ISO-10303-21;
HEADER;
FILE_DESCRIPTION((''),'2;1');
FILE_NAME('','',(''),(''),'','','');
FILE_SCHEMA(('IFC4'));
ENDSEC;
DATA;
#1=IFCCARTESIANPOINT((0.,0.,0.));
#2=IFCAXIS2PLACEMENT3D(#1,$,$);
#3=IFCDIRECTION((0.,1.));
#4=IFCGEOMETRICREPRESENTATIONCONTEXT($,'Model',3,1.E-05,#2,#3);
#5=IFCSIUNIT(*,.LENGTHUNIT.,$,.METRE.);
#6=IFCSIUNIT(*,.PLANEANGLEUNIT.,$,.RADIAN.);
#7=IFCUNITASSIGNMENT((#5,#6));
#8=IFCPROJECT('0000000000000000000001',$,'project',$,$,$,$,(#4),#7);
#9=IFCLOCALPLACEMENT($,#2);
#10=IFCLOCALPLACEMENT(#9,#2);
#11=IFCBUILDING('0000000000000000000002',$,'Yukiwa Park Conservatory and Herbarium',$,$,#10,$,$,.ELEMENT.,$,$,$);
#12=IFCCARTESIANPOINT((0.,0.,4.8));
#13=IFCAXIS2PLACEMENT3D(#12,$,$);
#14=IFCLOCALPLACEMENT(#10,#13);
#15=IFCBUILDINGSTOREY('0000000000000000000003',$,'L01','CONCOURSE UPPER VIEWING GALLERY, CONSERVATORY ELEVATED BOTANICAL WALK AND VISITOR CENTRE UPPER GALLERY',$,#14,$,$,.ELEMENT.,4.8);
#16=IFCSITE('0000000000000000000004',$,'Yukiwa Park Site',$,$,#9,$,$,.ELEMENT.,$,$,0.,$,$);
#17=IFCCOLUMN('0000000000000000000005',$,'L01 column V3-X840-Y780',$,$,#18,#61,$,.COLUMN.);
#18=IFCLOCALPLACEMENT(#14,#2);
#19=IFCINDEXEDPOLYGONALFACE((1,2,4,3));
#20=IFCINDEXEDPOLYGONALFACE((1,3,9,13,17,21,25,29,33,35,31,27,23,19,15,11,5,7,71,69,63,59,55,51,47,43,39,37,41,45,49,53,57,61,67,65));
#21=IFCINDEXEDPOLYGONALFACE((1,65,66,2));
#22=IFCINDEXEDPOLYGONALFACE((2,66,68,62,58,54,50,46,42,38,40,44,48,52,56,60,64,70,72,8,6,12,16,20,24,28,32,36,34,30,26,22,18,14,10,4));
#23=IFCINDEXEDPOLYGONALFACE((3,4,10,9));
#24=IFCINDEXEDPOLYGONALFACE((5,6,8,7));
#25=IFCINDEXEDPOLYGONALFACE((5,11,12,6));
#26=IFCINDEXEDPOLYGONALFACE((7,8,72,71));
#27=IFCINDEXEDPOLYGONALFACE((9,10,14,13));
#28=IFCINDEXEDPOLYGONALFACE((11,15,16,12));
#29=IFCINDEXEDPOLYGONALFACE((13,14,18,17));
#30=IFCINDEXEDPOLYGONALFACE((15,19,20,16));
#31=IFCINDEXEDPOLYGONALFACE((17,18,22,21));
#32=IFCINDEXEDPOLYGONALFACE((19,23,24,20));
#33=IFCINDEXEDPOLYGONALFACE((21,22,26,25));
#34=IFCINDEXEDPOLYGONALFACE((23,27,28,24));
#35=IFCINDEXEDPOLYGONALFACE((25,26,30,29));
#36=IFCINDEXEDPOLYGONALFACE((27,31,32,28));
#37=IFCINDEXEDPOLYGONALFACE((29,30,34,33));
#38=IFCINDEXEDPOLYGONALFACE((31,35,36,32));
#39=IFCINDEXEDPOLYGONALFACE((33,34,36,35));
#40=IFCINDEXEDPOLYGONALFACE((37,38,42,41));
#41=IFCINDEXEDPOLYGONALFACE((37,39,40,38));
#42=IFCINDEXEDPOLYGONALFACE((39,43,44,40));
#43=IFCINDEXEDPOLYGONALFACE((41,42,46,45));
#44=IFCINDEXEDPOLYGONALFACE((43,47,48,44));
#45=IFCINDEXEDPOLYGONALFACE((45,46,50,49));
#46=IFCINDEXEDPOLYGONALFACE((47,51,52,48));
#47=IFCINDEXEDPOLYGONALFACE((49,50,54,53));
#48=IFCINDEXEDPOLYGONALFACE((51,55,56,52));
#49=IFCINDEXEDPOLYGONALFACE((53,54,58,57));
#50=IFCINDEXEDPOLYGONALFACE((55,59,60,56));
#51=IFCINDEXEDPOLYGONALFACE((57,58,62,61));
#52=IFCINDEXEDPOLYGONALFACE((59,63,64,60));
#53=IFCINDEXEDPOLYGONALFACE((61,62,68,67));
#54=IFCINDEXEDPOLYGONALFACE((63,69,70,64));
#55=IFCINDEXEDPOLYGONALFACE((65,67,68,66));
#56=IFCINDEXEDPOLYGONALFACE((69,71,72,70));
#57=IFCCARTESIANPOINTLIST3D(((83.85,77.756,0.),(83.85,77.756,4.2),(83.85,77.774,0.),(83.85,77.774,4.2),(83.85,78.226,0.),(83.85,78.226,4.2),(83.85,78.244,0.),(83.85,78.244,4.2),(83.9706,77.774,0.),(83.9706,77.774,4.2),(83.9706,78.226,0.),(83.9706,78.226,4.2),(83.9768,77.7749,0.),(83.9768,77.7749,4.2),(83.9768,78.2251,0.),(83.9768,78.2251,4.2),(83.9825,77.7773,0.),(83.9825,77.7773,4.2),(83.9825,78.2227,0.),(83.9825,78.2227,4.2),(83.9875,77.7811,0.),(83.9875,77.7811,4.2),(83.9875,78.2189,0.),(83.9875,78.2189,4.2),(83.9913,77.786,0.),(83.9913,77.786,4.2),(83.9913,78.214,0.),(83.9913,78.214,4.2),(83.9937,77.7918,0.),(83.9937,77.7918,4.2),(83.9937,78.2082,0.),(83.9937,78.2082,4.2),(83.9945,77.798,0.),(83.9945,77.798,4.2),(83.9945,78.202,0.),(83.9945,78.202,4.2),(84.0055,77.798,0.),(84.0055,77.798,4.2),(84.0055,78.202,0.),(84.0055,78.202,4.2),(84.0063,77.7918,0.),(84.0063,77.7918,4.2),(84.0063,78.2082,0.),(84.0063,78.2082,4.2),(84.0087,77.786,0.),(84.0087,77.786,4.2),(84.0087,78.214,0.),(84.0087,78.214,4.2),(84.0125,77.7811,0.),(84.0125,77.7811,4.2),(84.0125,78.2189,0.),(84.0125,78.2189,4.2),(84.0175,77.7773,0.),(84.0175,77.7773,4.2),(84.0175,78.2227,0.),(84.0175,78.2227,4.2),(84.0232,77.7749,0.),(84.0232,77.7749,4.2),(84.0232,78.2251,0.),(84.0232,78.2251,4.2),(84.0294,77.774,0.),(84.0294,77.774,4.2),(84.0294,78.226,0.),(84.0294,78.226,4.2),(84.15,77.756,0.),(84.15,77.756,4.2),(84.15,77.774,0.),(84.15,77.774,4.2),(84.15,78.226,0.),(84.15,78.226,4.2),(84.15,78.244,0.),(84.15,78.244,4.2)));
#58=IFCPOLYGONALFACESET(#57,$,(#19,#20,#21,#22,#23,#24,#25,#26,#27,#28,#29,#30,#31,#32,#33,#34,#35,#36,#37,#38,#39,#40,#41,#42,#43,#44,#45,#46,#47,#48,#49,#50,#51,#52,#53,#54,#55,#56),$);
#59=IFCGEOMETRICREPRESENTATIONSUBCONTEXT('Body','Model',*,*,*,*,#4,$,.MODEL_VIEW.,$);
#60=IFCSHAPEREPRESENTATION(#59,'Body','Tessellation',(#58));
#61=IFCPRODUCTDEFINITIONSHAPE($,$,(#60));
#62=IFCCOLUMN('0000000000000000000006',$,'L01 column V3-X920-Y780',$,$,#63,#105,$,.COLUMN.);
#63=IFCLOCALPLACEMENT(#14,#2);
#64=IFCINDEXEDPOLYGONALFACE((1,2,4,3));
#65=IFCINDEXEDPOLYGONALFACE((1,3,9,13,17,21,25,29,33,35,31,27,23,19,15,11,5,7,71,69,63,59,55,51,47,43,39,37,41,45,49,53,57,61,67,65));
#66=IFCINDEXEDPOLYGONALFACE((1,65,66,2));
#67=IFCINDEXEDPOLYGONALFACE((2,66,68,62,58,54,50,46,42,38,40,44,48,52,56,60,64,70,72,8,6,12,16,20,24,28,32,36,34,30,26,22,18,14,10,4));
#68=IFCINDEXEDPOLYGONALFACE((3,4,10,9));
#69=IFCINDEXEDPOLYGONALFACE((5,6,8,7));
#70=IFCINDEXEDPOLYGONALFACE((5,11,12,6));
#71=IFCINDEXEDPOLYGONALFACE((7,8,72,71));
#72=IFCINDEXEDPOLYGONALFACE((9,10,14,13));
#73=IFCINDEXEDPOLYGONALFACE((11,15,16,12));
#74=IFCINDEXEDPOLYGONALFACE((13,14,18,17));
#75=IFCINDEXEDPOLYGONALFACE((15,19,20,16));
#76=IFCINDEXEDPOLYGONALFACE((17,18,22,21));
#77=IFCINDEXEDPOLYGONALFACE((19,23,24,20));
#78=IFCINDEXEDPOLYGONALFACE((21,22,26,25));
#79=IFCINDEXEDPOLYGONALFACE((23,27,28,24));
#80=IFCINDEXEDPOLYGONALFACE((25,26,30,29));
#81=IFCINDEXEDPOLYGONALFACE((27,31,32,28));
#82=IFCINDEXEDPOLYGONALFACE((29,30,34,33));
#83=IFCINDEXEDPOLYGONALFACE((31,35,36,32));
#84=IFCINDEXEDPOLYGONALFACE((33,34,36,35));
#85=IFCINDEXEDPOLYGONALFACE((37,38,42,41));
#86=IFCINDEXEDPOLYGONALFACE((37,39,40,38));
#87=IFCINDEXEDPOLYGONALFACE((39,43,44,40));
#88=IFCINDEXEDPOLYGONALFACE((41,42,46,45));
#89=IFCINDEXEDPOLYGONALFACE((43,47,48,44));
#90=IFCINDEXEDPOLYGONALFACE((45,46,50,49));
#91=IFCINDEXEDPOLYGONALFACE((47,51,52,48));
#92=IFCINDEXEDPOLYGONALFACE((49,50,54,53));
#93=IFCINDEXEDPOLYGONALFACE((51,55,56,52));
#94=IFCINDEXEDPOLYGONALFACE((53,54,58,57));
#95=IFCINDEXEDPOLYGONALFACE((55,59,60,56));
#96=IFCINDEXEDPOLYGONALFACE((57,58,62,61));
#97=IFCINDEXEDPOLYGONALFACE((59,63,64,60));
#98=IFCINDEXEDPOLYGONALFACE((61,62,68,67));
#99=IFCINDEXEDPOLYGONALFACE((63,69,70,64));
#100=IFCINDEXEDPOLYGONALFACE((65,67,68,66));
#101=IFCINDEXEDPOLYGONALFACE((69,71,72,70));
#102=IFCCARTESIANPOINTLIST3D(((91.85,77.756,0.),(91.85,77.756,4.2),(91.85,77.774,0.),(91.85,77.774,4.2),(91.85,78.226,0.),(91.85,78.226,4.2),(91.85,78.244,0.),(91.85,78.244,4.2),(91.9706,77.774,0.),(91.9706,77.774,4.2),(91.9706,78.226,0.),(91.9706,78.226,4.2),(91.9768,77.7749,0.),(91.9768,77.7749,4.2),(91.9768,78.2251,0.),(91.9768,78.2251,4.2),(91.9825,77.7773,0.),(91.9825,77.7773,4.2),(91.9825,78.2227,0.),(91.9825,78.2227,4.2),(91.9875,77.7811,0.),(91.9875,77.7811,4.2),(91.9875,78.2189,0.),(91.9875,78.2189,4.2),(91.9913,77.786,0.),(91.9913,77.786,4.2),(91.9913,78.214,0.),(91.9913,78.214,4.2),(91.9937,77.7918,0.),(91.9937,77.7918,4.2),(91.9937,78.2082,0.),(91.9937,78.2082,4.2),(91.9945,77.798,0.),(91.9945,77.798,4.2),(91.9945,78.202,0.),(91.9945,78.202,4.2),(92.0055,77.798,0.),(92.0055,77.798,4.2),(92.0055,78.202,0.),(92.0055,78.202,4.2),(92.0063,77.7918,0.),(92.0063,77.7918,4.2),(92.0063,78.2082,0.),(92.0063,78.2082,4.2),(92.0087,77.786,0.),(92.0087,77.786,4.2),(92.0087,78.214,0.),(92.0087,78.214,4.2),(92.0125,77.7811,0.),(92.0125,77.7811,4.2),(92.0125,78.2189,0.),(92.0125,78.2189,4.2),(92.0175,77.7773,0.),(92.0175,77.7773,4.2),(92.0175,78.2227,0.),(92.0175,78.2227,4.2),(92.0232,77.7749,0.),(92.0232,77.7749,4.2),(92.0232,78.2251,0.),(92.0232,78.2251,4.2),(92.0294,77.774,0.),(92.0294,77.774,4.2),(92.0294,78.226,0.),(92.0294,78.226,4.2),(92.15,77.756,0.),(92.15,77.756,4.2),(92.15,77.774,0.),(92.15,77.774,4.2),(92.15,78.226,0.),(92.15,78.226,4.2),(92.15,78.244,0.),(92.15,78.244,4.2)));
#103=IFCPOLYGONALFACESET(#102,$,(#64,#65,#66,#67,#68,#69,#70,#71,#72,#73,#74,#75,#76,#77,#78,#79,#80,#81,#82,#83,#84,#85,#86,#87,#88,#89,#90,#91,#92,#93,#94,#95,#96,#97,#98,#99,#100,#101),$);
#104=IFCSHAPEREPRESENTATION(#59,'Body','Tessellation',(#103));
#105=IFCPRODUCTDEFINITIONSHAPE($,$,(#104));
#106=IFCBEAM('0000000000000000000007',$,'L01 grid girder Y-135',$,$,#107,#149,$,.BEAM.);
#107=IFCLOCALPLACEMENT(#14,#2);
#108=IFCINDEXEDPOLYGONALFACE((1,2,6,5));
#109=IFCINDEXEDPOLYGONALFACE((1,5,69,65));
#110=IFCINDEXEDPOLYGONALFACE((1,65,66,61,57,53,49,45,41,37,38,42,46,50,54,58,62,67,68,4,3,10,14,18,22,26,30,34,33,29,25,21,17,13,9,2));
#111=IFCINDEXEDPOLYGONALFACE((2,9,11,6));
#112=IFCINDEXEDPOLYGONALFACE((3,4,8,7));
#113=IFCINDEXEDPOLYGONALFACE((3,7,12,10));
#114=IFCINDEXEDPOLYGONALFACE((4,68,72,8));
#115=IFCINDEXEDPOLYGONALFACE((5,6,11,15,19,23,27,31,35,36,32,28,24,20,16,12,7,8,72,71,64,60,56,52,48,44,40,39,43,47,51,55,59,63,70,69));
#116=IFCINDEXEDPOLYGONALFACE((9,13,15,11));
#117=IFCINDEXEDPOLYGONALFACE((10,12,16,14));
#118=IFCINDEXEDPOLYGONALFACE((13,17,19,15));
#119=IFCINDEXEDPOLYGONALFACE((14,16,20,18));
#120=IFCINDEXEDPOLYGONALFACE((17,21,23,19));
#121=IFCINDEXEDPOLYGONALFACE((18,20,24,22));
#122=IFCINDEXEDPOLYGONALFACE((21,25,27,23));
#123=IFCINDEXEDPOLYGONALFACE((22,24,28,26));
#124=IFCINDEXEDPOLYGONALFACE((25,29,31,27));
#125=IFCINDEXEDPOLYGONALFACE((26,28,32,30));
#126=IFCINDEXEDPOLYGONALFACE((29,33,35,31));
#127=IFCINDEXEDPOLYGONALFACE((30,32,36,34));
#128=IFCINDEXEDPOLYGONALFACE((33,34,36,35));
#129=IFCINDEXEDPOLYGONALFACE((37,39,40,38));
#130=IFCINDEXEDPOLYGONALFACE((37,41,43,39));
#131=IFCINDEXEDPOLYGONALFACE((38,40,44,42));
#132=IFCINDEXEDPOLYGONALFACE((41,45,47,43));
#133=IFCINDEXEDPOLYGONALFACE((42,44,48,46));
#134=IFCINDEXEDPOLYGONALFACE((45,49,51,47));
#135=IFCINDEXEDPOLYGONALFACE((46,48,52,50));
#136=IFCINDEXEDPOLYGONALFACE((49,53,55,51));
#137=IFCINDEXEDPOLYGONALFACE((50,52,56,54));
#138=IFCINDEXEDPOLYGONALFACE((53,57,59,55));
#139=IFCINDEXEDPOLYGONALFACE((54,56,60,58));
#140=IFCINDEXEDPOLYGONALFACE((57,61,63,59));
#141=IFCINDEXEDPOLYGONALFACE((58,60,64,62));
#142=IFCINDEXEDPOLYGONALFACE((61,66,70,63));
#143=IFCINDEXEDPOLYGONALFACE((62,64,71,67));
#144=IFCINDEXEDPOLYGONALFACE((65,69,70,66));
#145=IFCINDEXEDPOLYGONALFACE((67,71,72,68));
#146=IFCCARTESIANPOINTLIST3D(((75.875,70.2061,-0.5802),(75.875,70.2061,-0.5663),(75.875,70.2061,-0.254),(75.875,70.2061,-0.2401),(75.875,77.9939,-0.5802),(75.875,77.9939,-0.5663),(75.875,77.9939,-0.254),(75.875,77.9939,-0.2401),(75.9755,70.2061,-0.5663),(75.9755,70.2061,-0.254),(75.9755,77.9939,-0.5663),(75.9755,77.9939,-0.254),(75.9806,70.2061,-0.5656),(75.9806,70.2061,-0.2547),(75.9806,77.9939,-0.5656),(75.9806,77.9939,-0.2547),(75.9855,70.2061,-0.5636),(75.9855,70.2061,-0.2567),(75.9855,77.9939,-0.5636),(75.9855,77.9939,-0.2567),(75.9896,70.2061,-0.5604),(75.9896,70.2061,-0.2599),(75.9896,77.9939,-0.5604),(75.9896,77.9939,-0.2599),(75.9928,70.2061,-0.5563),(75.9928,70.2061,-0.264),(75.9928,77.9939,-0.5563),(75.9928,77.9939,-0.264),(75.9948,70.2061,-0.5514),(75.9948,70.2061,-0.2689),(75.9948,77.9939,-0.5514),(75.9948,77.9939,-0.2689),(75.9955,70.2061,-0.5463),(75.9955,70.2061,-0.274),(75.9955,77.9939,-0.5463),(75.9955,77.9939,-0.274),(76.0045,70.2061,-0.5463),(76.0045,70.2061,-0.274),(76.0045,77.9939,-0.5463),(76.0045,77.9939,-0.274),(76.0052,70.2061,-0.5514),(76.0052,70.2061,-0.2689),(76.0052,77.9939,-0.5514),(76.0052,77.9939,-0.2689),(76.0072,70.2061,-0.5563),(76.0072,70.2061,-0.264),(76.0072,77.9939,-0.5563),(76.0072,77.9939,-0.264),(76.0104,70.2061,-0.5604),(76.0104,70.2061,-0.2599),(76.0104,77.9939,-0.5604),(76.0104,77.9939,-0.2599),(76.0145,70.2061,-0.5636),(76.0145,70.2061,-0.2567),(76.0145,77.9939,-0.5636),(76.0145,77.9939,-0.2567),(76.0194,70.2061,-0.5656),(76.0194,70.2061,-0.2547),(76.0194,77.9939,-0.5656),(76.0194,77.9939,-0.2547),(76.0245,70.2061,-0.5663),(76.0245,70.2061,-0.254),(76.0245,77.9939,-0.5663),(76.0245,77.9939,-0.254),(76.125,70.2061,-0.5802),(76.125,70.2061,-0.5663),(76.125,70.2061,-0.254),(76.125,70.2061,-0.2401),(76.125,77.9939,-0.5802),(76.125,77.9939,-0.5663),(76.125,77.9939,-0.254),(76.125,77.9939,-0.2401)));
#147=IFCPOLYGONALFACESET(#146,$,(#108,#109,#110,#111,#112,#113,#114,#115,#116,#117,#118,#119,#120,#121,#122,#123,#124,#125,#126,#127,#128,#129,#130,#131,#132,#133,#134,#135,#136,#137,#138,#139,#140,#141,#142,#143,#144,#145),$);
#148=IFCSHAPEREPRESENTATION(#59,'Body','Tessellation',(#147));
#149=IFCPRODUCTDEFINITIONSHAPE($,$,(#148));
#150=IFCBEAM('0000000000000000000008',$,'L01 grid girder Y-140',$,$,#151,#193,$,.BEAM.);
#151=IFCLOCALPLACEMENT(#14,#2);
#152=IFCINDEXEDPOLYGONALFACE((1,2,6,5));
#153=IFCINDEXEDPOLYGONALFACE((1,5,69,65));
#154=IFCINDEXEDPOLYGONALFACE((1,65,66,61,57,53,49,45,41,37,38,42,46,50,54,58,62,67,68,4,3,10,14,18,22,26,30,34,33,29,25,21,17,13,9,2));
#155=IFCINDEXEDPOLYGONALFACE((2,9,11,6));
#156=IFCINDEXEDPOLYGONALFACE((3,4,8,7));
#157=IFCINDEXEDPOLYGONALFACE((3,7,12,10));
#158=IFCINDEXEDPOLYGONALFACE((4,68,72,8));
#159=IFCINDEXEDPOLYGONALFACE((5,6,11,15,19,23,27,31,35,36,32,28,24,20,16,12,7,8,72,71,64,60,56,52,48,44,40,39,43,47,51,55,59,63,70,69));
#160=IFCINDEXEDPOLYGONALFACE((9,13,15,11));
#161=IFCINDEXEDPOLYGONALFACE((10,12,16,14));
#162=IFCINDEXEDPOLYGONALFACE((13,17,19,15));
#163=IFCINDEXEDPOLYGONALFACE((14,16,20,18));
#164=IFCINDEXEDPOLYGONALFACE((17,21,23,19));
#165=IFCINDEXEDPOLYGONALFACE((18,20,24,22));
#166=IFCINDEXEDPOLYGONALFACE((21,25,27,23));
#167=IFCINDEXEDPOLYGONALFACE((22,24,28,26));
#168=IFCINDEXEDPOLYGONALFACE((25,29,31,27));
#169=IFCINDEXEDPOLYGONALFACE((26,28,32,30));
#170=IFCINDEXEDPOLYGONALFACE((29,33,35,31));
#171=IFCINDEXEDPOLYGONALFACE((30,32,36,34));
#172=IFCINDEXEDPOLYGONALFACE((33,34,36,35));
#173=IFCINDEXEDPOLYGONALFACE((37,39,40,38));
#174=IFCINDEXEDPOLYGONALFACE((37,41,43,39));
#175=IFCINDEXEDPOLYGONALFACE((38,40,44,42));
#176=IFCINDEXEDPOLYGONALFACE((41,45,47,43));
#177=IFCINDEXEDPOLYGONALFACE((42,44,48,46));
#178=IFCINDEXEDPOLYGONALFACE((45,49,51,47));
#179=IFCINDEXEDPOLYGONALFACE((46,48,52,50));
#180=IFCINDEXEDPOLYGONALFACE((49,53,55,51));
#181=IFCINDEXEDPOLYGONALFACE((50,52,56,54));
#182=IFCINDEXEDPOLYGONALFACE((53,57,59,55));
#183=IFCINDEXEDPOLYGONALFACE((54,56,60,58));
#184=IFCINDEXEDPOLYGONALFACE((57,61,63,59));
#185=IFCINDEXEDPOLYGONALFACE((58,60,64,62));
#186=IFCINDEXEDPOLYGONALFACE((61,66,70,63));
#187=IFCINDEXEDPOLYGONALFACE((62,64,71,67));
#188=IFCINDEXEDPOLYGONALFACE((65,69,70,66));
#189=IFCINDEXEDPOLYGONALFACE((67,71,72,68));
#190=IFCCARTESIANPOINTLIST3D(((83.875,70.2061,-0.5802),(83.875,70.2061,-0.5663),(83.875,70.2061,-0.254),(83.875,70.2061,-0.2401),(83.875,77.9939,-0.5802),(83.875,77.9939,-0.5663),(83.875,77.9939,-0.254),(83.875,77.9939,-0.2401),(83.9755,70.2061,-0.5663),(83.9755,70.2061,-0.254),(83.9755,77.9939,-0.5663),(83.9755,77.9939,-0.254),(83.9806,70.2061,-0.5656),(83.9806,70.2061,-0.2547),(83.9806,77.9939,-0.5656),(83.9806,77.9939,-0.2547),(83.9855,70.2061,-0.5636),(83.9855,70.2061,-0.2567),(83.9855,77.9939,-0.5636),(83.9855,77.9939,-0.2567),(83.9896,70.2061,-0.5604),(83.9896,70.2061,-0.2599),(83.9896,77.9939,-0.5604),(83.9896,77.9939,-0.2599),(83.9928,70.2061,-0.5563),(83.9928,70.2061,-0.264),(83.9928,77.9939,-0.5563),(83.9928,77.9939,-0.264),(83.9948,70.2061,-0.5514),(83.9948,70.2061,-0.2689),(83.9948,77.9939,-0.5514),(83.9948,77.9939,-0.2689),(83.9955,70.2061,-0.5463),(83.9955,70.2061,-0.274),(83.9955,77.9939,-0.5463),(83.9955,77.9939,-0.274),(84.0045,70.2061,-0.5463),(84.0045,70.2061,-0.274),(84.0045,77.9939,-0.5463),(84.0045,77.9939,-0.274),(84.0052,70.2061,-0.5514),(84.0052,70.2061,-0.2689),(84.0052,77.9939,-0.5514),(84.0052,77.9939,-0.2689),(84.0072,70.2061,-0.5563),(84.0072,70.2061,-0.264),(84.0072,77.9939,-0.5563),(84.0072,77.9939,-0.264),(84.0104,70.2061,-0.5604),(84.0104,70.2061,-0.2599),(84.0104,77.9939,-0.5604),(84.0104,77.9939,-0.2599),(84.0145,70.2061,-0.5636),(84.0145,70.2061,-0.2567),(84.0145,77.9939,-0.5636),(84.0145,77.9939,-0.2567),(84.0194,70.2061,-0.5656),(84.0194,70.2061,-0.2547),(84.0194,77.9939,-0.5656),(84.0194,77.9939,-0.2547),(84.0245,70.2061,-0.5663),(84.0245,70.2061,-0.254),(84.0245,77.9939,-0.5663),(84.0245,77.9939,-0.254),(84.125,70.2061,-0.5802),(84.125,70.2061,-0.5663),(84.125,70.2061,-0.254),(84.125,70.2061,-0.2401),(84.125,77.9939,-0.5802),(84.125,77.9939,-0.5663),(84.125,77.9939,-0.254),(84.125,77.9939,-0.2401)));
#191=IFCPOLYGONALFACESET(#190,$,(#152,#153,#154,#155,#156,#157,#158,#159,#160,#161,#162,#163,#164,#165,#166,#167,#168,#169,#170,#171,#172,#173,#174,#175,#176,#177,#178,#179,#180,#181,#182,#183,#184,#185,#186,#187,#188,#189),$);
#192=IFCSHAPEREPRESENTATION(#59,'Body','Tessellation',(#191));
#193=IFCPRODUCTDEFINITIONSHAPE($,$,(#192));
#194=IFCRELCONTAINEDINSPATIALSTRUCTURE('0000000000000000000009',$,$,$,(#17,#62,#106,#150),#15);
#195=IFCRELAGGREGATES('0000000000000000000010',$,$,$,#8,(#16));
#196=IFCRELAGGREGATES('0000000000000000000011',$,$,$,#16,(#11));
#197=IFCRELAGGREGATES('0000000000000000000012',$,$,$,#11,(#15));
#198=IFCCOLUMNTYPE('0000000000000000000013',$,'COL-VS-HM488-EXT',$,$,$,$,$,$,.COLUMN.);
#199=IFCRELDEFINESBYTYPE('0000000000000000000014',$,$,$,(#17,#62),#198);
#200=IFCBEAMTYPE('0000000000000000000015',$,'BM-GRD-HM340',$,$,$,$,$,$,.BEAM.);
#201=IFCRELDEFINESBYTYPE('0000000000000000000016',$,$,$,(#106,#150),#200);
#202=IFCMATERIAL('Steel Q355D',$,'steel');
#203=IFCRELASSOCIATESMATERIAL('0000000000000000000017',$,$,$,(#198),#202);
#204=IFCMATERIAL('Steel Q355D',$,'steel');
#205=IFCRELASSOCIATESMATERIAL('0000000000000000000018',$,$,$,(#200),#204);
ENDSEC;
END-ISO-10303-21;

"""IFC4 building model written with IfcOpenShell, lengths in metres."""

from ifc_helpers import new_model, si_unit, direction, frame, origin, origin_2d, place, context, subcontext, project, spatial, i_section, extrude, material, material_profile, profile_set, type_object, element, save


model = new_model("IFC4")

# Units and contexts
model_context = context("Model", 3, precision=1e-05, world=origin(), true_north=direction((0.0, 1.0)))
body_context = subcontext(model_context, "Body", "Model", "MODEL_VIEW")
ifc_project = project(units=[si_unit("LENGTHUNIT", "METRE"), si_unit("PLANEANGLEUNIT", "RADIAN")], contexts=[model_context])

# Site, building, storey
site_placement = place(None, origin())
site = spatial("IfcSite", under=ifc_project, at=site_placement, Name="Yukiwa Park Site", CompositionType="ELEMENT", RefElevation=0.0)
building_placement = place(site_placement, origin())
building = spatial("IfcBuilding", under=site, at=building_placement, Name="Yukiwa Park Conservatory and Herbarium", CompositionType="ELEMENT")
storey_placement = place(building_placement, frame((0.0, 0.0, 4.8)))
storey = spatial("IfcBuildingStorey", under=building, at=storey_placement, Name="L01", Description="CONCOURSE UPPER VIEWING GALLERY, CONSERVATORY ELEVATED BOTANICAL WALK AND VISITOR CENTRE UPPER GALLERY", CompositionType="ELEMENT", Elevation=4.8)

# Columns
ifc_material_1 = material(Name="Steel Q355D", Category="steel")
ifc_material_profile_1 = material_profile(ifc_material_1, i_section(OverallWidth=0.3, OverallDepth=0.488, WebThickness=0.011, FlangeThickness=0.0181, FilletRadius=0.0239, at=origin_2d()), Name="HM 488x300x11x18")
ifc_profile_set_1 = profile_set([ifc_material_profile_1], Name="Steel Q355D")
column_type_1 = type_object("IfcColumnType", Name="COL-VS-HM488-EXT", PredefinedType="COLUMN", material=ifc_profile_set_1)
for number, where, z_axis, x_axis, name in (
    (1, (84.0, 78.0, 0.0), (0.0, 0.0, 1.0), (1.0, 0.0, 0.0), "L01 column V3-X840-Y780"),
    (2, (92.0, 78.0, 0.0), (0.0, 0.0, 1.0), (1.0, 0.0, 0.0), "L01 column V3-X920-Y780"),
):
    element("IfcColumn", number, at=place(storey_placement, frame(where, z_axis=z_axis, x_axis=x_axis)), inside=storey, type_object=column_type_1, Name=name, PredefinedType="COLUMN", context=body_context, shape_type="SweptSolid", body=[
        extrude(i_section(OverallWidth=0.3, OverallDepth=0.488, WebThickness=0.011, FlangeThickness=0.0181, FilletRadius=0.0239, at=origin_2d()), origin(), (0.0, 0.0, 1.0), 4.2),
    ])

# Beams
ifc_material_2 = material(Name="Steel Q355D", Category="steel")
ifc_material_profile_2 = material_profile(ifc_material_2, i_section(OverallWidth=0.25, OverallDepth=0.3401, WebThickness=0.009, FlangeThickness=0.0139, FilletRadius=0.02, at=origin_2d()), Name="HM 340x250x9x14")
ifc_profile_set_2 = profile_set([ifc_material_profile_2], Name="Steel Q355D")
beam_type_1 = type_object("IfcBeamType", Name="BM-GRD-HM340", PredefinedType="BEAM", material=ifc_profile_set_2)
for number, where, z_axis, x_axis, name in (
    (3, (76.0, 70.2061, -0.4102), (0.0, 1.0, 0.0), (-1.0, 0.0, 0.0), "L01 grid girder Y-135"),
    (4, (84.0, 70.2061, -0.4102), (0.0, 1.0, 0.0), (-1.0, 0.0, 0.0), "L01 grid girder Y-140"),
):
    element("IfcBeam", number, at=place(storey_placement, frame(where, z_axis=z_axis, x_axis=x_axis)), inside=storey, type_object=beam_type_1, Name=name, PredefinedType="BEAM", context=body_context, shape_type="SweptSolid", body=[
        extrude(i_section(OverallWidth=0.25, OverallDepth=0.3401, WebThickness=0.009, FlangeThickness=0.0139, FilletRadius=0.02, at=origin_2d()), origin(), (0.0, 0.0, 1.0), 7.7878),
    ])

save(model, "model.ifc")
